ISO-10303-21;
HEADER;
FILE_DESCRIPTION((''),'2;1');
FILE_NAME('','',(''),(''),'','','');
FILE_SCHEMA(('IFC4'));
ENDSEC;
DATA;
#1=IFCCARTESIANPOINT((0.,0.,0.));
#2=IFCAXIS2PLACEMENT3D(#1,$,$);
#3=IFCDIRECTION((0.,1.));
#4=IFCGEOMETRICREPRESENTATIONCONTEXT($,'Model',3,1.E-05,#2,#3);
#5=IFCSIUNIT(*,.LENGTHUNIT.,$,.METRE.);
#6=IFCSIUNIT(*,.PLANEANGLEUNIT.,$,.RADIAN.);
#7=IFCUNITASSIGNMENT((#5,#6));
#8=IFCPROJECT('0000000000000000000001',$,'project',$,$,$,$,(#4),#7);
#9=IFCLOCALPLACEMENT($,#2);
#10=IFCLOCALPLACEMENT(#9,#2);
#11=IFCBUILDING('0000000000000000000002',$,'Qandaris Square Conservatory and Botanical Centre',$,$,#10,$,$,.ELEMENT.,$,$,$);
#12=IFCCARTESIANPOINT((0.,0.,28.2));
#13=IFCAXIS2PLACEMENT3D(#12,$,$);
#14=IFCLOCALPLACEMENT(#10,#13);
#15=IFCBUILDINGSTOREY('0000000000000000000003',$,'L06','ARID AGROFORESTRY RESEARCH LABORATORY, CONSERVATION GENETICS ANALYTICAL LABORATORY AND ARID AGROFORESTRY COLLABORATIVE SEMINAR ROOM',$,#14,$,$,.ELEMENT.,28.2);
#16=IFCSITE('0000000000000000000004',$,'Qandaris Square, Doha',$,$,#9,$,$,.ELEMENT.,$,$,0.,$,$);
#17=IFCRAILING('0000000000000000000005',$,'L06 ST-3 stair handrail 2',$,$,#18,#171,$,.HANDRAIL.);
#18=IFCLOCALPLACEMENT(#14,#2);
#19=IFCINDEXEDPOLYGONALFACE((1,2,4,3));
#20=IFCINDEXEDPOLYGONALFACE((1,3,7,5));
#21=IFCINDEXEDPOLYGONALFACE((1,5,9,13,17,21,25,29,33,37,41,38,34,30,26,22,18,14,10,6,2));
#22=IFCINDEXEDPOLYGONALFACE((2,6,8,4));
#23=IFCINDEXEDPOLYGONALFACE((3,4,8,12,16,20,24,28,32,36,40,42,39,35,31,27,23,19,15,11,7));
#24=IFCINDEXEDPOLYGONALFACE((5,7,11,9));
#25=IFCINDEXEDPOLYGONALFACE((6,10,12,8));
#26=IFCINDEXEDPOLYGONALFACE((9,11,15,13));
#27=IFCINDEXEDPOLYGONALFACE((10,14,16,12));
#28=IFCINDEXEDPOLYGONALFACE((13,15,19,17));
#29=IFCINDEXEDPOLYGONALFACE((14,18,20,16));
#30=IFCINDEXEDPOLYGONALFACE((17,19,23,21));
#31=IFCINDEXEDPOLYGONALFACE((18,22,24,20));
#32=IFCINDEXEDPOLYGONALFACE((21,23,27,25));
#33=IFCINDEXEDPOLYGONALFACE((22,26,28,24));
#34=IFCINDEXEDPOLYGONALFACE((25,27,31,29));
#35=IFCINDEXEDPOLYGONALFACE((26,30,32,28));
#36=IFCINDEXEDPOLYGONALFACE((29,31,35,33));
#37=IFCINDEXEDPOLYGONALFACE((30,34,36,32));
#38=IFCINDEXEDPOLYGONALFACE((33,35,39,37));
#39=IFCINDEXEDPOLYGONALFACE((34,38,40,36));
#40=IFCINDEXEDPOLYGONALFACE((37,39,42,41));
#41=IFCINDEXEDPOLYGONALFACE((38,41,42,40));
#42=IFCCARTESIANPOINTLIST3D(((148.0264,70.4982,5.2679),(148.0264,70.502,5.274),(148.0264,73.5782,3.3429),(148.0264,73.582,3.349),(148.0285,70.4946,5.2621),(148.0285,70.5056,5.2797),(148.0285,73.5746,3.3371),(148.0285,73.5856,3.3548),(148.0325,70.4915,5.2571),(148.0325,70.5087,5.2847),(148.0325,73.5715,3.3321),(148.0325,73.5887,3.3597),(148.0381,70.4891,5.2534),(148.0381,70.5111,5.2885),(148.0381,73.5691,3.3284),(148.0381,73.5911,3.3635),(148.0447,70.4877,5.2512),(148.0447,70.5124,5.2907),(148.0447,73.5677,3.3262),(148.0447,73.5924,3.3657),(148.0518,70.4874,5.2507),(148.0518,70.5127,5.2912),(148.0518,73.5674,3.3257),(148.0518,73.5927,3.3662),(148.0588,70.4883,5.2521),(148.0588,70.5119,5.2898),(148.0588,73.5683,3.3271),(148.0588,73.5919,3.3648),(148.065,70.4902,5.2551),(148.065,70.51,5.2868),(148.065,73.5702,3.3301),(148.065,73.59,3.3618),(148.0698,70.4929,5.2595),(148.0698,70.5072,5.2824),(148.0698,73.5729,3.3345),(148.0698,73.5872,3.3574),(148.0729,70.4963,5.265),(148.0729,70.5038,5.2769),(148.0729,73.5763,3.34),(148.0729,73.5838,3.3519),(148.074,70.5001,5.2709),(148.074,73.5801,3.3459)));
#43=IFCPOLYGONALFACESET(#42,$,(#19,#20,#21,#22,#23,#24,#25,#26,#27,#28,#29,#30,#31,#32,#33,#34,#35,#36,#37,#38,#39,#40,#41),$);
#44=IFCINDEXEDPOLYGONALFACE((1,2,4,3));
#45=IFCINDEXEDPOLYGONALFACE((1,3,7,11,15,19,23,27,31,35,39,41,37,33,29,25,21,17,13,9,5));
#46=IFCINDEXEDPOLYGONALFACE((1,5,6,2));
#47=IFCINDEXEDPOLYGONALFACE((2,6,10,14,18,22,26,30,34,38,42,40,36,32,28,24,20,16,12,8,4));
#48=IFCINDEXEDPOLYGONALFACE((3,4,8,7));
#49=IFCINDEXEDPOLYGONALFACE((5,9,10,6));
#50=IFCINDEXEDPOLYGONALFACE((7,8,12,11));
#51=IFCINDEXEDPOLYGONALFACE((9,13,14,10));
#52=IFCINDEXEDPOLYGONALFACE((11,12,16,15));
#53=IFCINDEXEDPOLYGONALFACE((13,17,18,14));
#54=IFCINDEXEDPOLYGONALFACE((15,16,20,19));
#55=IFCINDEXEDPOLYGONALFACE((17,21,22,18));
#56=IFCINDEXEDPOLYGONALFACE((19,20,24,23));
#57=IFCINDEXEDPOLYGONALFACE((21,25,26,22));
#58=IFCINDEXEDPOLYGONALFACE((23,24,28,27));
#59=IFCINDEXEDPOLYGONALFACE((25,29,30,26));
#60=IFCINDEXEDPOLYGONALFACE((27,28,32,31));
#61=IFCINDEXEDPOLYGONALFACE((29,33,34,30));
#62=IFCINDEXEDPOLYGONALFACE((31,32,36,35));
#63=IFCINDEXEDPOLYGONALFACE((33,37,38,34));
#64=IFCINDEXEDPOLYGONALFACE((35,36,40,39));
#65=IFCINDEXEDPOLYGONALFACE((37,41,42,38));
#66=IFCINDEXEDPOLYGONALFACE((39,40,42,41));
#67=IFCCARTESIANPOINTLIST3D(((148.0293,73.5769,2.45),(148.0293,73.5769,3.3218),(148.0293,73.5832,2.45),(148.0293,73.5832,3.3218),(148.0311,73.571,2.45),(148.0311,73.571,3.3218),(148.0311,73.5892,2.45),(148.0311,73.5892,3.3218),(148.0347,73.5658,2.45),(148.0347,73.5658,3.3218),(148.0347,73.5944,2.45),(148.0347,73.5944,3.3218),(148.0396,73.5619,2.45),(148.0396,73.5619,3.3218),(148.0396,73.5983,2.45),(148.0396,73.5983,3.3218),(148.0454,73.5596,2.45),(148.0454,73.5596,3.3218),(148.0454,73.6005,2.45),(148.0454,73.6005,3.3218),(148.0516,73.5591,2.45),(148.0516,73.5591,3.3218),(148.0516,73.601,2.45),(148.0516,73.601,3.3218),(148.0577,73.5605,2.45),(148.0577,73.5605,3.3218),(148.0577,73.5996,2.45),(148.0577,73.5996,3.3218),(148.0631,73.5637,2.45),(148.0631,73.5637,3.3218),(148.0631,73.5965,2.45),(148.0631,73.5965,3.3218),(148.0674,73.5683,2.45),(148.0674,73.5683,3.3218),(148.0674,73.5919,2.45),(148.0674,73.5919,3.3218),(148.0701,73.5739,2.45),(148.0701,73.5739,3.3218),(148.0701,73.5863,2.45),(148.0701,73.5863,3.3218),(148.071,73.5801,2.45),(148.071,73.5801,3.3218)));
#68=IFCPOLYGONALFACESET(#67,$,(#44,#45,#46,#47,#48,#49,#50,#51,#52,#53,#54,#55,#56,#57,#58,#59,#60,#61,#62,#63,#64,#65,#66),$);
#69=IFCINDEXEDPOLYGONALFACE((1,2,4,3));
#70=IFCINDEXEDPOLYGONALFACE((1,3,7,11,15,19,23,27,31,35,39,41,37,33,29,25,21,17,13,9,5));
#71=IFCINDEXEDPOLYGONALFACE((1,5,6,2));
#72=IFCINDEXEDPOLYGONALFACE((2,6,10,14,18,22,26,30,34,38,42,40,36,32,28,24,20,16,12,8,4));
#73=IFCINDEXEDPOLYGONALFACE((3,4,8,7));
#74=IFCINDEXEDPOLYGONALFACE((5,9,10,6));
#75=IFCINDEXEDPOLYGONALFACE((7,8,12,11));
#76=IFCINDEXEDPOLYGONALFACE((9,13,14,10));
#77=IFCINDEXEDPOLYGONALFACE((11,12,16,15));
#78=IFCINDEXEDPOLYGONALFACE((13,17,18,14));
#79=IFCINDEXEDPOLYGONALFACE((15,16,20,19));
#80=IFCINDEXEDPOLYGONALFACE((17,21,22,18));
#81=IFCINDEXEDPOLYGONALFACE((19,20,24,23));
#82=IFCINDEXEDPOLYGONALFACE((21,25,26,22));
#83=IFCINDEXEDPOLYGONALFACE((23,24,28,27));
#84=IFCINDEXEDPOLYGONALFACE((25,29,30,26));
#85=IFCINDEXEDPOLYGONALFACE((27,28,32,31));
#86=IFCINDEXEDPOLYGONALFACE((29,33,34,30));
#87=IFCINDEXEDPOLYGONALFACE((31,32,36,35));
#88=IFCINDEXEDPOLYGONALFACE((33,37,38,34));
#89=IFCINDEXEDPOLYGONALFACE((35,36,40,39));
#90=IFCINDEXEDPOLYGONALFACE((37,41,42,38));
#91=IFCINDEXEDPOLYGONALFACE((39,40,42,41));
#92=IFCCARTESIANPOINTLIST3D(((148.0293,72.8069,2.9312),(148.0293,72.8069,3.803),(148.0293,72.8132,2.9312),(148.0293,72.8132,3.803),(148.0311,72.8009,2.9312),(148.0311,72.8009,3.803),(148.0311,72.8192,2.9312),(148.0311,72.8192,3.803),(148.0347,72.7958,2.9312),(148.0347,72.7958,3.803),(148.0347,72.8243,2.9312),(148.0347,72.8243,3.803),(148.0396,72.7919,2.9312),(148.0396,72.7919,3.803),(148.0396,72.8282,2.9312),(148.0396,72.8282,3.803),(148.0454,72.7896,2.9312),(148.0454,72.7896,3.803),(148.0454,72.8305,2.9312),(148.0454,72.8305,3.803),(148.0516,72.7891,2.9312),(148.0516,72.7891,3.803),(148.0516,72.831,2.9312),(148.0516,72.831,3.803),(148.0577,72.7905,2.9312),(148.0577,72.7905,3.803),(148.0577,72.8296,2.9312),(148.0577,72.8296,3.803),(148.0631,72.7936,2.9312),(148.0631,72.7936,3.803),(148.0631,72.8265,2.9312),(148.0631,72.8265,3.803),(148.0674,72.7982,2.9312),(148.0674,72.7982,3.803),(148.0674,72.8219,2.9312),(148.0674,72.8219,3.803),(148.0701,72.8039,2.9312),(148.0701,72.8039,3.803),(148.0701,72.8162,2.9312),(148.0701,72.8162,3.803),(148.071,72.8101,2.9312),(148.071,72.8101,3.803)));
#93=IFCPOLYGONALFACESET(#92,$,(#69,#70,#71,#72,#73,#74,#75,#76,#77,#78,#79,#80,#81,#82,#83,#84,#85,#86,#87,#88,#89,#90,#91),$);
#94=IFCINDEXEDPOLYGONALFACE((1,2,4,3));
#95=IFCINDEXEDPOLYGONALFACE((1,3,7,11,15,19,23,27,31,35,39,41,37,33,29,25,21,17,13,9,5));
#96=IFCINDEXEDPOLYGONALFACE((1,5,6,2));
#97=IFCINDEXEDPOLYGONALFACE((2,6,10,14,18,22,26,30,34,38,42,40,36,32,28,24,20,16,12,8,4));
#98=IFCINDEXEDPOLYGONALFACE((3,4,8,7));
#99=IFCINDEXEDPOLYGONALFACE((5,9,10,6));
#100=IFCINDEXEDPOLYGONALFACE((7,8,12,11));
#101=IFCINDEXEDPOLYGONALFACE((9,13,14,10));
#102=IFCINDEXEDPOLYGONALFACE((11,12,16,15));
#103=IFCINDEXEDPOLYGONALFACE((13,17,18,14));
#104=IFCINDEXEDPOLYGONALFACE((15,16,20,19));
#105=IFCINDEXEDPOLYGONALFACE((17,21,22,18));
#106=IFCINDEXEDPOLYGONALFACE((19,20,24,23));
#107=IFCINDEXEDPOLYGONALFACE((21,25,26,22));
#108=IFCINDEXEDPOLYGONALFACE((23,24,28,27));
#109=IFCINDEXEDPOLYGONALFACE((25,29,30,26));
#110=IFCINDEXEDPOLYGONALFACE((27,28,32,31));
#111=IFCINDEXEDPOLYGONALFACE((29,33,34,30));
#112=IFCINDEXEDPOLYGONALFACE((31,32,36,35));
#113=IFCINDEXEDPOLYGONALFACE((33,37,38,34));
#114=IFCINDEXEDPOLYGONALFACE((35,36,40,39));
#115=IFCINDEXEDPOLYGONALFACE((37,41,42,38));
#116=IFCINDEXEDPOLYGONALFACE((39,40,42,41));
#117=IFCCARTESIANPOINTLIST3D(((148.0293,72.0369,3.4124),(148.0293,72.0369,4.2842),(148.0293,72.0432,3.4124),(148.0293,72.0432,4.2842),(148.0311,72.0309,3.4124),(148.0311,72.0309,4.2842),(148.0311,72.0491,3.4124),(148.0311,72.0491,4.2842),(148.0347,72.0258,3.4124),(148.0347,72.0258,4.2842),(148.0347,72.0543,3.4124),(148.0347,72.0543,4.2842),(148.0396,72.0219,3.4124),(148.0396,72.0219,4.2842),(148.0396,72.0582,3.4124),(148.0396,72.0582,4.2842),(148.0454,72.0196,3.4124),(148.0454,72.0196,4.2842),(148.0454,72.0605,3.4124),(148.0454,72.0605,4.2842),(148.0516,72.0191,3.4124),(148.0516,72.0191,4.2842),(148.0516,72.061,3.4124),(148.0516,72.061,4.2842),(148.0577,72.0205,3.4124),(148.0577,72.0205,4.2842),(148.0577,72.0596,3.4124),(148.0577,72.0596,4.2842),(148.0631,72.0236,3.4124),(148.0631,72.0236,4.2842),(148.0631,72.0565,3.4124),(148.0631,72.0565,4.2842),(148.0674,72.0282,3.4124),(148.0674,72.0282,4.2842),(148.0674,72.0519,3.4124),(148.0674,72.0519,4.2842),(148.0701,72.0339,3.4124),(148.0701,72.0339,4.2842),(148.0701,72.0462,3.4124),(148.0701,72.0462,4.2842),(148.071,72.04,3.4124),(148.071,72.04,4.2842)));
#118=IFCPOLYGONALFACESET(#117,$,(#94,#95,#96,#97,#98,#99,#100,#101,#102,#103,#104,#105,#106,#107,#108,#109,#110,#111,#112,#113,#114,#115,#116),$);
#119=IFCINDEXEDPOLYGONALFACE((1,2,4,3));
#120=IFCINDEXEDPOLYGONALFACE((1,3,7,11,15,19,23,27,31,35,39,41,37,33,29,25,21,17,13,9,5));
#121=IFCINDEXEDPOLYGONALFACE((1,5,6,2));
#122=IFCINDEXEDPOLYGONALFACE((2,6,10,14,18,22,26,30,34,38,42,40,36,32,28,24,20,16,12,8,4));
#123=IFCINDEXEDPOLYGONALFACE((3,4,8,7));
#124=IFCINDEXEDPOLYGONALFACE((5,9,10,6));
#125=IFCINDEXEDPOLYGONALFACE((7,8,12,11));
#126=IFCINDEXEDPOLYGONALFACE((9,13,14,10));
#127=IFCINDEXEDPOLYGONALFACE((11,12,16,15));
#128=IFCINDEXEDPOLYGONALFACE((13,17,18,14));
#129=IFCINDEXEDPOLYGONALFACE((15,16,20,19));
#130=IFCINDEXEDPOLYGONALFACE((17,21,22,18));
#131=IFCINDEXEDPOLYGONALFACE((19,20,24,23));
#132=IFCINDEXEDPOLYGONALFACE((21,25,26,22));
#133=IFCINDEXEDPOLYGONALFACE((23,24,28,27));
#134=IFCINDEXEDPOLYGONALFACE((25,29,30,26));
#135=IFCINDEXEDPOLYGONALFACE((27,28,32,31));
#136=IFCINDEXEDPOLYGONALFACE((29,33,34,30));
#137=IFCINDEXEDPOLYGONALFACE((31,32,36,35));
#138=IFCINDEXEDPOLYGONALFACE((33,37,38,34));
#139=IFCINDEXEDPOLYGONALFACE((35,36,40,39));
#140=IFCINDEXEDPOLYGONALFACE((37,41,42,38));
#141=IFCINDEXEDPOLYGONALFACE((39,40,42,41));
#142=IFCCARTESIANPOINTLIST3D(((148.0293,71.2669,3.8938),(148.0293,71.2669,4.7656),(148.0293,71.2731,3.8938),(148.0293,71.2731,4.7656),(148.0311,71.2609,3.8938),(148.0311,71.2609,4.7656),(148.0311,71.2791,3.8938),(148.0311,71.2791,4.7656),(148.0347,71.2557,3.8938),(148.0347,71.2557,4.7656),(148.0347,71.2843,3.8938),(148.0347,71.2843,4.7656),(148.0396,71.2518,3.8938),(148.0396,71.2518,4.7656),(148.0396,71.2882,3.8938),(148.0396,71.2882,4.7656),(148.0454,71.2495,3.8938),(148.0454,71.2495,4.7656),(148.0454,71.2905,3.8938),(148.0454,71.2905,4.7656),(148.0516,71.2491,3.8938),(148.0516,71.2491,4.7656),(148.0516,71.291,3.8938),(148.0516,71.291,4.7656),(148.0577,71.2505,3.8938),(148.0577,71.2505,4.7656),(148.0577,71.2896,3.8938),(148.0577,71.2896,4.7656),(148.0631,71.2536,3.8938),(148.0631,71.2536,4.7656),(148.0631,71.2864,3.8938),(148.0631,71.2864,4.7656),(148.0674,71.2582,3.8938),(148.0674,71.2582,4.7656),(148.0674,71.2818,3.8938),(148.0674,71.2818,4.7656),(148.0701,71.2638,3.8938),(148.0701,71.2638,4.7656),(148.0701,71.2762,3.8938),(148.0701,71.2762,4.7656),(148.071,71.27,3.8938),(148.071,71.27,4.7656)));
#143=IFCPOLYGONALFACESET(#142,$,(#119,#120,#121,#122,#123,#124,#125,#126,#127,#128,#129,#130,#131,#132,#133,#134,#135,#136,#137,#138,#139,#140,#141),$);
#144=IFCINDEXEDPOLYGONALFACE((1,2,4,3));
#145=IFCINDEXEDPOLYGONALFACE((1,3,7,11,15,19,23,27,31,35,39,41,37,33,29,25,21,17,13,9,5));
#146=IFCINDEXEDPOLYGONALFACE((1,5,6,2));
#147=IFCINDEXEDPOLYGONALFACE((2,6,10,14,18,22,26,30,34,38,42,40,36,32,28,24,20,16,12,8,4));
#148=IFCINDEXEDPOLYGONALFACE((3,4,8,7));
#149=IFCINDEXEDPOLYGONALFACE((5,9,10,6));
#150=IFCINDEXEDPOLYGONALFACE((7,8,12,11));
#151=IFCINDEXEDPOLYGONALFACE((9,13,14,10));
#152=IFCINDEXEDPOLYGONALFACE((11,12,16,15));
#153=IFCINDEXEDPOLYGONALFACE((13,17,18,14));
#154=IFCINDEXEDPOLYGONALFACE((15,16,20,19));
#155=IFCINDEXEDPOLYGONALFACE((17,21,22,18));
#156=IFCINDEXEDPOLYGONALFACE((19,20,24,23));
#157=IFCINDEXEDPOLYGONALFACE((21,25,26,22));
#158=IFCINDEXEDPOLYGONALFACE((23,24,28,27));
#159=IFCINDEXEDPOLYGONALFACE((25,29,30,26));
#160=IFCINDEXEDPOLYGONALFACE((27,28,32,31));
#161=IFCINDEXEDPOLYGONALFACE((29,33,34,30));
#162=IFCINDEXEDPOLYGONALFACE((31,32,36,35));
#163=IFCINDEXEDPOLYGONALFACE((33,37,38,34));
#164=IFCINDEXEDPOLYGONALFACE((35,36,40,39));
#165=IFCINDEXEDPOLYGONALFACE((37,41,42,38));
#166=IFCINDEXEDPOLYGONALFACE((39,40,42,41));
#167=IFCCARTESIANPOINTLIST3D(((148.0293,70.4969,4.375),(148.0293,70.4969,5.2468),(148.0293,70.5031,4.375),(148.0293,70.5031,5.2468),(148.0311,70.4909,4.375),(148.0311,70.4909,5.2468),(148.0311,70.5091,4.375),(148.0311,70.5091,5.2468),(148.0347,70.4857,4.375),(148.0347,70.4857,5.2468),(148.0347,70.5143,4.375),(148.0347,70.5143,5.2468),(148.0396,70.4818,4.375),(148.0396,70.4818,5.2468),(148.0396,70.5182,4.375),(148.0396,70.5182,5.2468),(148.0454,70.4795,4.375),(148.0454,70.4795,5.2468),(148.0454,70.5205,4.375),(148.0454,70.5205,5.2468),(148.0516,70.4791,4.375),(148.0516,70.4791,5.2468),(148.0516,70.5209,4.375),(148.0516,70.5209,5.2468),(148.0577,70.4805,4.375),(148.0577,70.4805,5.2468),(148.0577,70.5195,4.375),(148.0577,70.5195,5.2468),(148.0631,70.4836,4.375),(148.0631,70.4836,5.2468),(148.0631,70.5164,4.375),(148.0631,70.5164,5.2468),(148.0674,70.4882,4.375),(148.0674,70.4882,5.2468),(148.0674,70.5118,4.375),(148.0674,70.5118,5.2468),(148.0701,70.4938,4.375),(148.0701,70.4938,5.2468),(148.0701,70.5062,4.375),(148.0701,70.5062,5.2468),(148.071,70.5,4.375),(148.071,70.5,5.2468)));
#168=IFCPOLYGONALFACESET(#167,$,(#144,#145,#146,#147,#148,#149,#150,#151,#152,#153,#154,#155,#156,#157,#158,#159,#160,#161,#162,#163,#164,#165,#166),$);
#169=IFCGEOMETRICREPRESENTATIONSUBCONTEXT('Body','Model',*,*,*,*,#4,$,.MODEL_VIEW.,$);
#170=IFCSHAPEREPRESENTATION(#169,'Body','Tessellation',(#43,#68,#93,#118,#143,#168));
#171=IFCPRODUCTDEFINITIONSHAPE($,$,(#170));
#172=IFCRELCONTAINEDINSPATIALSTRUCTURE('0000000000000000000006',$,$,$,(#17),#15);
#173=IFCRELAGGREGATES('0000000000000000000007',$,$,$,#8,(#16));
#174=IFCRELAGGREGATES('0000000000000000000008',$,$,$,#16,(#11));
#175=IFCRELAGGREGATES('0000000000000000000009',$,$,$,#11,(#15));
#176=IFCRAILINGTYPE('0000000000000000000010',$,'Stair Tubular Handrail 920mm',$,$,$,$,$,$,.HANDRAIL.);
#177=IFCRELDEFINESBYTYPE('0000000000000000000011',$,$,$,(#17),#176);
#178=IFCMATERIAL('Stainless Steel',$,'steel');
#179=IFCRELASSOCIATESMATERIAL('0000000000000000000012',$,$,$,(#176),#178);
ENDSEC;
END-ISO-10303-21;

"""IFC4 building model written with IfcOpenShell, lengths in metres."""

from ifc_helpers import new_model, si_unit, direction, frame, origin, origin_2d, place, context, subcontext, project, spatial, circle, extrude, material, type_object, element, save


model = new_model("IFC4")

# Units and contexts
model_context = context("Model", 3, precision=1e-05, world=origin(), true_north=direction((0.0, 1.0)))
body_context = subcontext(model_context, "Body", "Model", "MODEL_VIEW")
ifc_project = project(units=[si_unit("LENGTHUNIT", "METRE"), si_unit("PLANEANGLEUNIT", "RADIAN")], contexts=[model_context])

# Site, building, storey
site_placement = place(None, origin())
site = spatial("IfcSite", under=ifc_project, at=site_placement, Name="Qandaris Square, Doha", CompositionType="ELEMENT", RefElevation=0.0)
building_placement = place(site_placement, origin())
building = spatial("IfcBuilding", under=site, at=building_placement, Name="Qandaris Square Conservatory and Botanical Centre", CompositionType="ELEMENT")
storey_placement = place(building_placement, frame((0.0, 0.0, 28.2)))
storey = spatial("IfcBuildingStorey", under=building, at=storey_placement, Name="L06", Description="ARID AGROFORESTRY RESEARCH LABORATORY, CONSERVATION GENETICS ANALYTICAL LABORATORY AND ARID AGROFORESTRY COLLABORATIVE SEMINAR ROOM", CompositionType="ELEMENT", Elevation=28.2)

# Railing
ifc_material_1 = material(Name="Stainless Steel", Category="steel")
railing_type_1 = type_object("IfcRailingType", Name="Stair Tubular Handrail 920mm", PredefinedType="HANDRAIL", material=ifc_material_1)
railing_1_placement = place(storey_placement, frame((148.05, 73.5801, 2.45)))
element("IfcRailing", 1, at=railing_1_placement, inside=storey, type_object=railing_type_1, Name="L06 ST-3 stair handrail 2", PredefinedType="HANDRAIL", context=body_context, shape_type="SweptSolid", body=[
    extrude(circle(Radius=0.0239, at=origin_2d()), frame((0.0, 0.0, 0.896), z_axis=(0.0, -0.847998, 0.529999), x_axis=(1.0, 0.0, 0.0)), (0.0, 0.0, 1.0), 3.6321),
    extrude(circle(Radius=0.021, at=origin_2d()), origin(), (0.0, 0.0, 1.0), 0.8718),
    extrude(circle(Radius=0.021, at=origin_2d()), frame((0.0, -0.77, 0.4812)), (0.0, 0.0, 1.0), 0.8718),
    extrude(circle(Radius=0.021, at=origin_2d()), frame((0.0, -1.54, 0.9624)), (0.0, 0.0, 1.0), 0.8718),
    extrude(circle(Radius=0.021, at=origin_2d()), frame((0.0, -2.3101, 1.4438)), (0.0, 0.0, 1.0), 0.8718),
    extrude(circle(Radius=0.021, at=origin_2d()), frame((0.0, -3.0801, 1.925)), (0.0, 0.0, 1.0), 0.8718),
])

save(model, "model.ifc")
